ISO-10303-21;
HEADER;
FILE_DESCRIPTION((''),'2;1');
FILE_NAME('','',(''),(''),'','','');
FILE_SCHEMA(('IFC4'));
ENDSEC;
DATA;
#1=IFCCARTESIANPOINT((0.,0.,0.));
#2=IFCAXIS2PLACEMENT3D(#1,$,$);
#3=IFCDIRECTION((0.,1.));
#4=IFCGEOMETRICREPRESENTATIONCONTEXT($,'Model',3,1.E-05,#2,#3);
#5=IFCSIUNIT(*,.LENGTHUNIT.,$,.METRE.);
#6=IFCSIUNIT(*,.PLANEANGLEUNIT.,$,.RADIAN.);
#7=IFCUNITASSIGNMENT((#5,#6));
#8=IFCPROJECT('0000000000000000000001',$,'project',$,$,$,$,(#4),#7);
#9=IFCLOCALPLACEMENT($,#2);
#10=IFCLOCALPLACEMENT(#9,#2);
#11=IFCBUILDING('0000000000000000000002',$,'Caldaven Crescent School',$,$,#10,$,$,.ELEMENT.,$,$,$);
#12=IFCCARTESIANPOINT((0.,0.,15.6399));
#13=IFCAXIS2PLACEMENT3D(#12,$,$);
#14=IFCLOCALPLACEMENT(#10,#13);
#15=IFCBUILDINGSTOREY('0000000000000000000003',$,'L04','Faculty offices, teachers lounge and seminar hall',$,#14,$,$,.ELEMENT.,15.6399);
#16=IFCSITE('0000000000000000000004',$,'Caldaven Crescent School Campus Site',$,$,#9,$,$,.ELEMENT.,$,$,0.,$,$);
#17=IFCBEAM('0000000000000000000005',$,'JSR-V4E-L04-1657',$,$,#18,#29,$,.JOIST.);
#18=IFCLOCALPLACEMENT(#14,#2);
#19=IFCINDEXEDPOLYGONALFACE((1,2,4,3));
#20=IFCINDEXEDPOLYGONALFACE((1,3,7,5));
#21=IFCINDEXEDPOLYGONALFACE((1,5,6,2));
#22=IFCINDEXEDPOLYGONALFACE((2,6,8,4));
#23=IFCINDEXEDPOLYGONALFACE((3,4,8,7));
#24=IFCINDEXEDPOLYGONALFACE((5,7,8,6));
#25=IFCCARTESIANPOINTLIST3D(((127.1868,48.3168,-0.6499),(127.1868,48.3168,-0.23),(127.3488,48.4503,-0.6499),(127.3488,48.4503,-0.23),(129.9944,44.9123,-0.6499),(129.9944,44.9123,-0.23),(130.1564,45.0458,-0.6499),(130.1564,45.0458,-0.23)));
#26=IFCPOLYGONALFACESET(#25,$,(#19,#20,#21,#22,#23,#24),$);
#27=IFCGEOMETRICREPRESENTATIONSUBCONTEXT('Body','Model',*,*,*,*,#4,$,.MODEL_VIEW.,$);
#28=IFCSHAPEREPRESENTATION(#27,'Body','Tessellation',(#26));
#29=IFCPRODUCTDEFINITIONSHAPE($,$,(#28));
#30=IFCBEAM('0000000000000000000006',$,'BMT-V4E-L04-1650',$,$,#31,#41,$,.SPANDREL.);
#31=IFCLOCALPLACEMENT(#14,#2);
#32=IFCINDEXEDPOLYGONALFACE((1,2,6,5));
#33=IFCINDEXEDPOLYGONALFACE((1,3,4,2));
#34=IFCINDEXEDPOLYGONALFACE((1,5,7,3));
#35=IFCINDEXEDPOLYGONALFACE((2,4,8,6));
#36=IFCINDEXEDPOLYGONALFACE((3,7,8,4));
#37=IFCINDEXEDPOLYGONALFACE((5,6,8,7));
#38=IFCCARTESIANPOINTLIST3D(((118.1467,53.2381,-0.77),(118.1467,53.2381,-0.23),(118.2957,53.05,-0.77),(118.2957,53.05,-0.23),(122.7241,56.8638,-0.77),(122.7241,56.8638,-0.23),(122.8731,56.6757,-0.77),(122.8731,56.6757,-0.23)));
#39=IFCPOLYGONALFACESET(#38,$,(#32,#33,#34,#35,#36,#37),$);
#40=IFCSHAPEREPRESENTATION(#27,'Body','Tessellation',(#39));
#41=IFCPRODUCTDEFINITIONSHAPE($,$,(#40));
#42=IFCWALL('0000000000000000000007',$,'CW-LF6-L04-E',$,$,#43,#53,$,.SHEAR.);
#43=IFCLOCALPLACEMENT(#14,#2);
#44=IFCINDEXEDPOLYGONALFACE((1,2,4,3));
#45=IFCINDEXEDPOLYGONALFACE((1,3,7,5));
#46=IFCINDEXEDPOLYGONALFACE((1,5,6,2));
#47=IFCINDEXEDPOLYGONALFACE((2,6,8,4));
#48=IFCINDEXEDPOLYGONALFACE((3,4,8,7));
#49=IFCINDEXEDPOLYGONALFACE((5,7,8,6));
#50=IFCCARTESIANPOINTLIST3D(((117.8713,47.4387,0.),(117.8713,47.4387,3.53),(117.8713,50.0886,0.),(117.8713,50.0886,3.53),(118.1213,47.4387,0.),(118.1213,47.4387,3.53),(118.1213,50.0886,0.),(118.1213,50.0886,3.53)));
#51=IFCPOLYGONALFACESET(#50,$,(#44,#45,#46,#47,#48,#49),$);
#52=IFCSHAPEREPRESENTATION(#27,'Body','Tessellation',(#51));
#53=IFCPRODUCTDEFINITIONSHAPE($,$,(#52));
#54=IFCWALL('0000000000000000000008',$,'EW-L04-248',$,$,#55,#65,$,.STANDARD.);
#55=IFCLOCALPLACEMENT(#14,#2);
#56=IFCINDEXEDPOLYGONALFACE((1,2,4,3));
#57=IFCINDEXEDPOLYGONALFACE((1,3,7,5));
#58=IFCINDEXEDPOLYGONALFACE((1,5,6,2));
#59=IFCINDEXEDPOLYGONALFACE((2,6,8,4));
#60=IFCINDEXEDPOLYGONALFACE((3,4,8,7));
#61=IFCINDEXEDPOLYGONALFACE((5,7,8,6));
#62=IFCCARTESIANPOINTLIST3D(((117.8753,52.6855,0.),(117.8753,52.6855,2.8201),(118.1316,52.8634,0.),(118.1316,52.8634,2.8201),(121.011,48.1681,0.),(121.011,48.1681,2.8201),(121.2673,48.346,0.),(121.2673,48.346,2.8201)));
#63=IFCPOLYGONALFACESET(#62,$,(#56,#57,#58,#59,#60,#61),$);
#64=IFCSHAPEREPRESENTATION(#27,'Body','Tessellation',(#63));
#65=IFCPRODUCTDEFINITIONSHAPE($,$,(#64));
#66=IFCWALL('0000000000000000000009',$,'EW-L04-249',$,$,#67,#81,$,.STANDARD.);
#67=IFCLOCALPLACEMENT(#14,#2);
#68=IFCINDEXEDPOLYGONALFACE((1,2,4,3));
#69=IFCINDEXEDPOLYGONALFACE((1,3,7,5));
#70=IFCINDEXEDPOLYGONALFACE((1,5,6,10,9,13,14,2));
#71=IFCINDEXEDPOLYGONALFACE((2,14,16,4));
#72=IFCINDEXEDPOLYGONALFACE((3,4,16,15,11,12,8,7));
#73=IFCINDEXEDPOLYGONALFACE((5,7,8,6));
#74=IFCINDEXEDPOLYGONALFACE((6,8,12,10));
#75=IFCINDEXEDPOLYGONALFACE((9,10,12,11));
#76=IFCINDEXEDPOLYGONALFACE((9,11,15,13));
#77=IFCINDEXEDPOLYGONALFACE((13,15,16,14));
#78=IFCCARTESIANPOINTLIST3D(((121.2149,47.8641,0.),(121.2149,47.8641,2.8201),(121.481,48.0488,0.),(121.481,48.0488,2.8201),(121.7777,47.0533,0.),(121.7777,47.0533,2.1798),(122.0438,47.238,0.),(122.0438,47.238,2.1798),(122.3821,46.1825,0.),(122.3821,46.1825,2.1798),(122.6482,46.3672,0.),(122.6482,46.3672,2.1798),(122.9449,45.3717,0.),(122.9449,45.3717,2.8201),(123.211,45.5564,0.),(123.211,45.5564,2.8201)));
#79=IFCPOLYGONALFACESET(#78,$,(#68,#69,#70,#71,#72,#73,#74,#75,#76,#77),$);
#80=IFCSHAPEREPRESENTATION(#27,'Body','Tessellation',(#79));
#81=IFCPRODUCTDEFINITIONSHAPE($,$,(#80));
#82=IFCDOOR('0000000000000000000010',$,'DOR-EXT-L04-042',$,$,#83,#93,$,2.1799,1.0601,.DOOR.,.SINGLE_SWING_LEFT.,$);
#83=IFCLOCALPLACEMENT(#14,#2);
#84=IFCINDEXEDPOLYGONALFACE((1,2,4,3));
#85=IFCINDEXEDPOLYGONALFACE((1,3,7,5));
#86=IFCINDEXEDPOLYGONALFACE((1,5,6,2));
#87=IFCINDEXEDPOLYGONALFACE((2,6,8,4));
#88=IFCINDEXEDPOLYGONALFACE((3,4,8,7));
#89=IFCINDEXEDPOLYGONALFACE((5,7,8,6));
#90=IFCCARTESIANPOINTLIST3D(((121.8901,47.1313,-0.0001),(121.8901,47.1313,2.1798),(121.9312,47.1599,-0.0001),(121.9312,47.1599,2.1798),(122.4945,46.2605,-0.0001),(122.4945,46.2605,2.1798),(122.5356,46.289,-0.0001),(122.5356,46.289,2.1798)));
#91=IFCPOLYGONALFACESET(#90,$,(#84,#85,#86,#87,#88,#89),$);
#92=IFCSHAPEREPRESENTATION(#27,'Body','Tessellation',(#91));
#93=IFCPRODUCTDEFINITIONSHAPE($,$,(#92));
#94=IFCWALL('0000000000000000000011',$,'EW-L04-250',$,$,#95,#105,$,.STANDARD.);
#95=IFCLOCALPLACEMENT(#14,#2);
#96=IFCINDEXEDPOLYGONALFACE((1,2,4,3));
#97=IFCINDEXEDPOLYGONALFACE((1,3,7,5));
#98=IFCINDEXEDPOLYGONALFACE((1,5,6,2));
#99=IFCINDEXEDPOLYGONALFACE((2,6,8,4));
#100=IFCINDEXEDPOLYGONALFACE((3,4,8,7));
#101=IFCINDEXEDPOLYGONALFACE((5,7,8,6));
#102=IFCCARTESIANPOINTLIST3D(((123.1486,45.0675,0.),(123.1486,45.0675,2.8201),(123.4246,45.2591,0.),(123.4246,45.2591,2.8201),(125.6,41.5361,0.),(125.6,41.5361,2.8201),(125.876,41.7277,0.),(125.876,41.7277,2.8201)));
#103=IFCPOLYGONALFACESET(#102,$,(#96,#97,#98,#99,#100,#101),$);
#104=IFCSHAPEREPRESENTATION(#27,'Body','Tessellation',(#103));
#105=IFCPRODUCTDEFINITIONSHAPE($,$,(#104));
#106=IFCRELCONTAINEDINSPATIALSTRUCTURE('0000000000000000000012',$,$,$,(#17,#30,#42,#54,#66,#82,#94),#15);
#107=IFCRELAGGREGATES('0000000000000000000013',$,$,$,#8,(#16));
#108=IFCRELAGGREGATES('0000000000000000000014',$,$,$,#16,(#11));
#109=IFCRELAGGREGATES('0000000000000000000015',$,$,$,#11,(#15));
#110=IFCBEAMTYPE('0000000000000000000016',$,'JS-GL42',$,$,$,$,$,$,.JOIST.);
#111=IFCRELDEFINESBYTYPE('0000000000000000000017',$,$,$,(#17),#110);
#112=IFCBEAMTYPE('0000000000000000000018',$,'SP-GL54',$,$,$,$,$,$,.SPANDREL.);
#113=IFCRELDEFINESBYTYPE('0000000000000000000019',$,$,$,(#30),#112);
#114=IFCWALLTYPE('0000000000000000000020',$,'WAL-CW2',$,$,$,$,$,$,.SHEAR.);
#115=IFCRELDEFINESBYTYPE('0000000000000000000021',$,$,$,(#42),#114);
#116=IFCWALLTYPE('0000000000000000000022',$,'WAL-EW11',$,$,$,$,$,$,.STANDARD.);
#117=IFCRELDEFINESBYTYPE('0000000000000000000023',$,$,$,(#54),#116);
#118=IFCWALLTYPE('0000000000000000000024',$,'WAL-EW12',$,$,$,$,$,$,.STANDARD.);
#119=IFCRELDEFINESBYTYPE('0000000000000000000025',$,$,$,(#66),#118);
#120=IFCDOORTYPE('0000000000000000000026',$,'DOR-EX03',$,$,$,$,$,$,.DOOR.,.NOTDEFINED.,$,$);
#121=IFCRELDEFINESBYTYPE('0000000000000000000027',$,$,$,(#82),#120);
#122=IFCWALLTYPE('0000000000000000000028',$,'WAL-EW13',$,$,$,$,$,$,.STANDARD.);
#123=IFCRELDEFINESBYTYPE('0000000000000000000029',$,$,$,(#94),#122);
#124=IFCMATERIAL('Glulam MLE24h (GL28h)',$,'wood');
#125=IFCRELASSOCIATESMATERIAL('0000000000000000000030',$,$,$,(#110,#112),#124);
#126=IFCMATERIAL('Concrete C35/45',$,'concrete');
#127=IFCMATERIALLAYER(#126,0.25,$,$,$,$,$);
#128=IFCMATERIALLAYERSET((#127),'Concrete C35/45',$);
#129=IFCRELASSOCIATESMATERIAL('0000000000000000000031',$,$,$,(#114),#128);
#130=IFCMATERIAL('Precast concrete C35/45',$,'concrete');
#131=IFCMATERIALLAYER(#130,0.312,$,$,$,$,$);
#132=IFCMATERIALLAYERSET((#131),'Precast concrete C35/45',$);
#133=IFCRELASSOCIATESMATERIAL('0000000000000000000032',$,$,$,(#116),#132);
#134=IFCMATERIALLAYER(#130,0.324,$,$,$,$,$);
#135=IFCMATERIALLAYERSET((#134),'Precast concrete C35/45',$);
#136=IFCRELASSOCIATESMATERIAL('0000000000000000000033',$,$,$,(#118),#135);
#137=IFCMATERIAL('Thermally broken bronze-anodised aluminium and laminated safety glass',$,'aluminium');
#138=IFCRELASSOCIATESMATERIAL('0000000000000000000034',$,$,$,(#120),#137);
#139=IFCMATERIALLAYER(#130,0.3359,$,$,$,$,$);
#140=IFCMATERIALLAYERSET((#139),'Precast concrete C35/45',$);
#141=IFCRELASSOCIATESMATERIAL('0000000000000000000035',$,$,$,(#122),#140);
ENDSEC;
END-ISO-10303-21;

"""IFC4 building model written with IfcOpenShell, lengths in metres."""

from ifc_helpers import new_model, si_unit, direction, frame, frame_2d, origin, origin_2d, place, context, subcontext, project, spatial, rectangle, extrude, material, layer, layer_set, material_profile, profile_set, type_object, element, fill, save


model = new_model("IFC4")

# Units and contexts
model_context = context("Model", 3, precision=1e-05, world=origin(), true_north=direction((0.0, 1.0)))
body_context = subcontext(model_context, "Body", "Model", "MODEL_VIEW")
ifc_project = project(units=[si_unit("LENGTHUNIT", "METRE"), si_unit("PLANEANGLEUNIT", "RADIAN")], contexts=[model_context])

# Site, building, storey
site_placement = place(None, origin())
site = spatial("IfcSite", under=ifc_project, at=site_placement, Name="Caldaven Crescent School Campus Site", CompositionType="ELEMENT", RefElevation=0.0)
building_placement = place(site_placement, origin())
building = spatial("IfcBuilding", under=site, at=building_placement, Name="Caldaven Crescent School", CompositionType="ELEMENT")
storey_placement = place(building_placement, frame((0.0, 0.0, 15.6399)))
storey = spatial("IfcBuildingStorey", under=building, at=storey_placement, Name="L04", Description="Faculty offices, teachers lounge and seminar hall", CompositionType="ELEMENT", Elevation=15.6399)

# Shared definitions
ifc_material_1 = material(Name="Glulam MLE24h (GL28h)", Category="wood")

# Beams
ifc_material_profile_1 = material_profile(ifc_material_1, rectangle(XDim=0.21, YDim=0.4199, at=origin_2d()), Name="MLE 210x420")
ifc_profile_set_1 = profile_set([ifc_material_profile_1], Name="Glulam MLE24h (GL28h)")
beam_type_1 = type_object("IfcBeamType", Name="JS-GL42", PredefinedType="JOIST", material=ifc_profile_set_1)
beam_1_placement = place(storey_placement, frame((127.2678, 48.3835, -0.4399), z_axis=(0.636231, -0.771499, 0.0), x_axis=(0.771499, 0.636231, 0.0)))
element("IfcBeam", 1, at=beam_1_placement, inside=storey, type_object=beam_type_1, Name="JSR-V4E-L04-1657", PredefinedType="JOIST", context=body_context, shape_type="SweptSolid", body=[
    extrude(rectangle(XDim=0.21, YDim=0.4199, at=origin_2d()), origin(), (0.0, 0.0, 1.0), 4.4128),
])
ifc_material_profile_2 = material_profile(ifc_material_1, rectangle(XDim=0.24, YDim=0.54, at=origin_2d()), Name="MLE 240x540")
ifc_profile_set_2 = profile_set([ifc_material_profile_2], Name="Glulam MLE24h (GL28h)")
beam_type_2 = type_object("IfcBeamType", Name="SP-GL54", PredefinedType="SPANDREL", material=ifc_profile_set_2)
beam_2_placement = place(storey_placement, frame((118.2212, 53.144, -0.5), z_axis=(0.783882, 0.62091, 0.0), x_axis=(-0.62091, 0.783882, 0.0)))
element("IfcBeam", 2, at=beam_2_placement, inside=storey, type_object=beam_type_2, Name="BMT-V4E-L04-1650", PredefinedType="SPANDREL", context=body_context, shape_type="SweptSolid", body=[
    extrude(rectangle(XDim=0.24, YDim=0.54, at=origin_2d()), origin(), (0.0, 0.0, 1.0), 5.8394),
])

# Walls
ifc_material_2 = material(Name="Concrete C35/45", Category="concrete")
ifc_layer_1 = layer(ifc_material_2, 0.25)
ifc_layer_set_1 = layer_set([ifc_layer_1], Name="Concrete C35/45")
wall_type_1 = type_object("IfcWallType", Name="WAL-CW2", PredefinedType="SHEAR", material=ifc_layer_set_1)
wall_1_placement = place(storey_placement, frame((117.9963, 47.4387, 0.0), z_axis=(0.0, 0.0, 1.0), x_axis=(0.0, 1.0, 0.0)))
element("IfcWall", 3, at=wall_1_placement, inside=storey, type_object=wall_type_1, Name="CW-LF6-L04-E", PredefinedType="SHEAR", context=body_context, shape_type="SweptSolid", body=[
    extrude(rectangle(XDim=2.6499, YDim=0.25, at=frame_2d((1.325, 0.0))), origin(), (0.0, 0.0, 1.0), 3.53),
])
ifc_material_3 = material(Name="Precast concrete C35/45", Category="concrete")
ifc_layer_2 = layer(ifc_material_3, 0.312)
ifc_layer_set_2 = layer_set([ifc_layer_2], Name="Precast concrete C35/45")
wall_type_2 = type_object("IfcWallType", Name="WAL-EW11", PredefinedType="STANDARD", material=ifc_layer_set_2)
wall_2_placement = place(storey_placement, frame((118.0034, 52.7744, 0.0), z_axis=(0.0, 0.0, 1.0), x_axis=(0.570237, -0.82148, 0.0)))
element("IfcWall", 4, at=wall_2_placement, inside=storey, type_object=wall_type_2, Name="EW-L04-248", PredefinedType="STANDARD", context=body_context, shape_type="SweptSolid", body=[
    extrude(rectangle(XDim=5.499, YDim=0.312, at=frame_2d((2.7495, 0.0))), origin(), (0.0, 0.0, 1.0), 2.8201),
])

# Wall, opening, door
ifc_layer_3 = layer(ifc_material_3, 0.324)
ifc_layer_set_3 = layer_set([ifc_layer_3], Name="Precast concrete C35/45")
wall_type_3 = type_object("IfcWallType", Name="WAL-EW12", PredefinedType="STANDARD", material=ifc_layer_set_3)
wall_3_placement = place(storey_placement, frame((121.3479, 47.9565, 0.0), z_axis=(0.0, 0.0, 1.0), x_axis=(0.570201, -0.821505, 0.0)))
wall_3 = element("IfcWall", 5, at=wall_3_placement, inside=storey, type_object=wall_type_3, Name="EW-L04-249", PredefinedType="STANDARD", context=body_context, shape_type="SweptSolid", body=[
    extrude(rectangle(XDim=3.0339, YDim=0.324, at=frame_2d((1.5171, 0.0))), origin(), (0.0, 0.0, 1.0), 2.8201),
])
opening_placement = place(wall_3_placement, frame((0.9871, 0.0, 0.0)))
opening = element("IfcOpeningElement", 6, at=opening_placement, cuts=wall_3, PredefinedType="OPENING", context=body_context, shape_type="SweptSolid", body=[
    extrude(rectangle(XDim=1.0601, YDim=2.1799, at=frame_2d((0.53, 1.0898))), frame((0.0, 0.1719, 0.0), z_axis=(0.0, -1.0, 0.0), x_axis=(1.0, 0.0, 0.0)), (0.0, 0.0, 1.0), 0.344),
])
ifc_material_4 = material(Name="Thermally broken bronze-anodised aluminium and laminated safety glass", Category="aluminium")
door_type = type_object("IfcDoorType", Name="DOR-EX03", OperationType="NOTDEFINED", PredefinedType="DOOR", material=ifc_material_4)
door_placement = place(opening_placement, origin())
door = element("IfcDoor", 7, at=door_placement, inside=storey, type_object=door_type, Name="DOR-EXT-L04-042", OperationType="SINGLE_SWING_LEFT", OverallHeight=2.1799, OverallWidth=1.0601, PredefinedType="DOOR", context=body_context, shape_type="SweptSolid", body=[
    extrude(rectangle(XDim=1.0601, YDim=2.1799, at=frame_2d((0.53, 1.0898))), frame((0.0, 0.0249, 0.0), z_axis=(0.0, -1.0, 0.0), x_axis=(1.0, 0.0, 0.0)), (0.0, 0.0, 1.0), 0.05),
])
fill(opening, door)

# Wall
ifc_layer_4 = layer(ifc_material_3, 0.3359)
ifc_layer_set_4 = layer_set([ifc_layer_4], Name="Precast concrete C35/45")
wall_type_4 = type_object("IfcWallType", Name="WAL-EW13", PredefinedType="STANDARD", material=ifc_layer_set_4)
wall_4_placement = place(storey_placement, frame((123.2866, 45.1633, 0.0), z_axis=(0.0, 0.0, 1.0), x_axis=(0.570237, -0.82148, 0.0)))
element("IfcWall", 8, at=wall_4_placement, inside=storey, type_object=wall_type_4, Name="EW-L04-250", PredefinedType="STANDARD", context=body_context, shape_type="SweptSolid", body=[
    extrude(rectangle(XDim=4.2988, YDim=0.3359, at=frame_2d((2.1494, 0.0))), origin(), (0.0, 0.0, 1.0), 2.8201),
])

save(model, "model.ifc")
